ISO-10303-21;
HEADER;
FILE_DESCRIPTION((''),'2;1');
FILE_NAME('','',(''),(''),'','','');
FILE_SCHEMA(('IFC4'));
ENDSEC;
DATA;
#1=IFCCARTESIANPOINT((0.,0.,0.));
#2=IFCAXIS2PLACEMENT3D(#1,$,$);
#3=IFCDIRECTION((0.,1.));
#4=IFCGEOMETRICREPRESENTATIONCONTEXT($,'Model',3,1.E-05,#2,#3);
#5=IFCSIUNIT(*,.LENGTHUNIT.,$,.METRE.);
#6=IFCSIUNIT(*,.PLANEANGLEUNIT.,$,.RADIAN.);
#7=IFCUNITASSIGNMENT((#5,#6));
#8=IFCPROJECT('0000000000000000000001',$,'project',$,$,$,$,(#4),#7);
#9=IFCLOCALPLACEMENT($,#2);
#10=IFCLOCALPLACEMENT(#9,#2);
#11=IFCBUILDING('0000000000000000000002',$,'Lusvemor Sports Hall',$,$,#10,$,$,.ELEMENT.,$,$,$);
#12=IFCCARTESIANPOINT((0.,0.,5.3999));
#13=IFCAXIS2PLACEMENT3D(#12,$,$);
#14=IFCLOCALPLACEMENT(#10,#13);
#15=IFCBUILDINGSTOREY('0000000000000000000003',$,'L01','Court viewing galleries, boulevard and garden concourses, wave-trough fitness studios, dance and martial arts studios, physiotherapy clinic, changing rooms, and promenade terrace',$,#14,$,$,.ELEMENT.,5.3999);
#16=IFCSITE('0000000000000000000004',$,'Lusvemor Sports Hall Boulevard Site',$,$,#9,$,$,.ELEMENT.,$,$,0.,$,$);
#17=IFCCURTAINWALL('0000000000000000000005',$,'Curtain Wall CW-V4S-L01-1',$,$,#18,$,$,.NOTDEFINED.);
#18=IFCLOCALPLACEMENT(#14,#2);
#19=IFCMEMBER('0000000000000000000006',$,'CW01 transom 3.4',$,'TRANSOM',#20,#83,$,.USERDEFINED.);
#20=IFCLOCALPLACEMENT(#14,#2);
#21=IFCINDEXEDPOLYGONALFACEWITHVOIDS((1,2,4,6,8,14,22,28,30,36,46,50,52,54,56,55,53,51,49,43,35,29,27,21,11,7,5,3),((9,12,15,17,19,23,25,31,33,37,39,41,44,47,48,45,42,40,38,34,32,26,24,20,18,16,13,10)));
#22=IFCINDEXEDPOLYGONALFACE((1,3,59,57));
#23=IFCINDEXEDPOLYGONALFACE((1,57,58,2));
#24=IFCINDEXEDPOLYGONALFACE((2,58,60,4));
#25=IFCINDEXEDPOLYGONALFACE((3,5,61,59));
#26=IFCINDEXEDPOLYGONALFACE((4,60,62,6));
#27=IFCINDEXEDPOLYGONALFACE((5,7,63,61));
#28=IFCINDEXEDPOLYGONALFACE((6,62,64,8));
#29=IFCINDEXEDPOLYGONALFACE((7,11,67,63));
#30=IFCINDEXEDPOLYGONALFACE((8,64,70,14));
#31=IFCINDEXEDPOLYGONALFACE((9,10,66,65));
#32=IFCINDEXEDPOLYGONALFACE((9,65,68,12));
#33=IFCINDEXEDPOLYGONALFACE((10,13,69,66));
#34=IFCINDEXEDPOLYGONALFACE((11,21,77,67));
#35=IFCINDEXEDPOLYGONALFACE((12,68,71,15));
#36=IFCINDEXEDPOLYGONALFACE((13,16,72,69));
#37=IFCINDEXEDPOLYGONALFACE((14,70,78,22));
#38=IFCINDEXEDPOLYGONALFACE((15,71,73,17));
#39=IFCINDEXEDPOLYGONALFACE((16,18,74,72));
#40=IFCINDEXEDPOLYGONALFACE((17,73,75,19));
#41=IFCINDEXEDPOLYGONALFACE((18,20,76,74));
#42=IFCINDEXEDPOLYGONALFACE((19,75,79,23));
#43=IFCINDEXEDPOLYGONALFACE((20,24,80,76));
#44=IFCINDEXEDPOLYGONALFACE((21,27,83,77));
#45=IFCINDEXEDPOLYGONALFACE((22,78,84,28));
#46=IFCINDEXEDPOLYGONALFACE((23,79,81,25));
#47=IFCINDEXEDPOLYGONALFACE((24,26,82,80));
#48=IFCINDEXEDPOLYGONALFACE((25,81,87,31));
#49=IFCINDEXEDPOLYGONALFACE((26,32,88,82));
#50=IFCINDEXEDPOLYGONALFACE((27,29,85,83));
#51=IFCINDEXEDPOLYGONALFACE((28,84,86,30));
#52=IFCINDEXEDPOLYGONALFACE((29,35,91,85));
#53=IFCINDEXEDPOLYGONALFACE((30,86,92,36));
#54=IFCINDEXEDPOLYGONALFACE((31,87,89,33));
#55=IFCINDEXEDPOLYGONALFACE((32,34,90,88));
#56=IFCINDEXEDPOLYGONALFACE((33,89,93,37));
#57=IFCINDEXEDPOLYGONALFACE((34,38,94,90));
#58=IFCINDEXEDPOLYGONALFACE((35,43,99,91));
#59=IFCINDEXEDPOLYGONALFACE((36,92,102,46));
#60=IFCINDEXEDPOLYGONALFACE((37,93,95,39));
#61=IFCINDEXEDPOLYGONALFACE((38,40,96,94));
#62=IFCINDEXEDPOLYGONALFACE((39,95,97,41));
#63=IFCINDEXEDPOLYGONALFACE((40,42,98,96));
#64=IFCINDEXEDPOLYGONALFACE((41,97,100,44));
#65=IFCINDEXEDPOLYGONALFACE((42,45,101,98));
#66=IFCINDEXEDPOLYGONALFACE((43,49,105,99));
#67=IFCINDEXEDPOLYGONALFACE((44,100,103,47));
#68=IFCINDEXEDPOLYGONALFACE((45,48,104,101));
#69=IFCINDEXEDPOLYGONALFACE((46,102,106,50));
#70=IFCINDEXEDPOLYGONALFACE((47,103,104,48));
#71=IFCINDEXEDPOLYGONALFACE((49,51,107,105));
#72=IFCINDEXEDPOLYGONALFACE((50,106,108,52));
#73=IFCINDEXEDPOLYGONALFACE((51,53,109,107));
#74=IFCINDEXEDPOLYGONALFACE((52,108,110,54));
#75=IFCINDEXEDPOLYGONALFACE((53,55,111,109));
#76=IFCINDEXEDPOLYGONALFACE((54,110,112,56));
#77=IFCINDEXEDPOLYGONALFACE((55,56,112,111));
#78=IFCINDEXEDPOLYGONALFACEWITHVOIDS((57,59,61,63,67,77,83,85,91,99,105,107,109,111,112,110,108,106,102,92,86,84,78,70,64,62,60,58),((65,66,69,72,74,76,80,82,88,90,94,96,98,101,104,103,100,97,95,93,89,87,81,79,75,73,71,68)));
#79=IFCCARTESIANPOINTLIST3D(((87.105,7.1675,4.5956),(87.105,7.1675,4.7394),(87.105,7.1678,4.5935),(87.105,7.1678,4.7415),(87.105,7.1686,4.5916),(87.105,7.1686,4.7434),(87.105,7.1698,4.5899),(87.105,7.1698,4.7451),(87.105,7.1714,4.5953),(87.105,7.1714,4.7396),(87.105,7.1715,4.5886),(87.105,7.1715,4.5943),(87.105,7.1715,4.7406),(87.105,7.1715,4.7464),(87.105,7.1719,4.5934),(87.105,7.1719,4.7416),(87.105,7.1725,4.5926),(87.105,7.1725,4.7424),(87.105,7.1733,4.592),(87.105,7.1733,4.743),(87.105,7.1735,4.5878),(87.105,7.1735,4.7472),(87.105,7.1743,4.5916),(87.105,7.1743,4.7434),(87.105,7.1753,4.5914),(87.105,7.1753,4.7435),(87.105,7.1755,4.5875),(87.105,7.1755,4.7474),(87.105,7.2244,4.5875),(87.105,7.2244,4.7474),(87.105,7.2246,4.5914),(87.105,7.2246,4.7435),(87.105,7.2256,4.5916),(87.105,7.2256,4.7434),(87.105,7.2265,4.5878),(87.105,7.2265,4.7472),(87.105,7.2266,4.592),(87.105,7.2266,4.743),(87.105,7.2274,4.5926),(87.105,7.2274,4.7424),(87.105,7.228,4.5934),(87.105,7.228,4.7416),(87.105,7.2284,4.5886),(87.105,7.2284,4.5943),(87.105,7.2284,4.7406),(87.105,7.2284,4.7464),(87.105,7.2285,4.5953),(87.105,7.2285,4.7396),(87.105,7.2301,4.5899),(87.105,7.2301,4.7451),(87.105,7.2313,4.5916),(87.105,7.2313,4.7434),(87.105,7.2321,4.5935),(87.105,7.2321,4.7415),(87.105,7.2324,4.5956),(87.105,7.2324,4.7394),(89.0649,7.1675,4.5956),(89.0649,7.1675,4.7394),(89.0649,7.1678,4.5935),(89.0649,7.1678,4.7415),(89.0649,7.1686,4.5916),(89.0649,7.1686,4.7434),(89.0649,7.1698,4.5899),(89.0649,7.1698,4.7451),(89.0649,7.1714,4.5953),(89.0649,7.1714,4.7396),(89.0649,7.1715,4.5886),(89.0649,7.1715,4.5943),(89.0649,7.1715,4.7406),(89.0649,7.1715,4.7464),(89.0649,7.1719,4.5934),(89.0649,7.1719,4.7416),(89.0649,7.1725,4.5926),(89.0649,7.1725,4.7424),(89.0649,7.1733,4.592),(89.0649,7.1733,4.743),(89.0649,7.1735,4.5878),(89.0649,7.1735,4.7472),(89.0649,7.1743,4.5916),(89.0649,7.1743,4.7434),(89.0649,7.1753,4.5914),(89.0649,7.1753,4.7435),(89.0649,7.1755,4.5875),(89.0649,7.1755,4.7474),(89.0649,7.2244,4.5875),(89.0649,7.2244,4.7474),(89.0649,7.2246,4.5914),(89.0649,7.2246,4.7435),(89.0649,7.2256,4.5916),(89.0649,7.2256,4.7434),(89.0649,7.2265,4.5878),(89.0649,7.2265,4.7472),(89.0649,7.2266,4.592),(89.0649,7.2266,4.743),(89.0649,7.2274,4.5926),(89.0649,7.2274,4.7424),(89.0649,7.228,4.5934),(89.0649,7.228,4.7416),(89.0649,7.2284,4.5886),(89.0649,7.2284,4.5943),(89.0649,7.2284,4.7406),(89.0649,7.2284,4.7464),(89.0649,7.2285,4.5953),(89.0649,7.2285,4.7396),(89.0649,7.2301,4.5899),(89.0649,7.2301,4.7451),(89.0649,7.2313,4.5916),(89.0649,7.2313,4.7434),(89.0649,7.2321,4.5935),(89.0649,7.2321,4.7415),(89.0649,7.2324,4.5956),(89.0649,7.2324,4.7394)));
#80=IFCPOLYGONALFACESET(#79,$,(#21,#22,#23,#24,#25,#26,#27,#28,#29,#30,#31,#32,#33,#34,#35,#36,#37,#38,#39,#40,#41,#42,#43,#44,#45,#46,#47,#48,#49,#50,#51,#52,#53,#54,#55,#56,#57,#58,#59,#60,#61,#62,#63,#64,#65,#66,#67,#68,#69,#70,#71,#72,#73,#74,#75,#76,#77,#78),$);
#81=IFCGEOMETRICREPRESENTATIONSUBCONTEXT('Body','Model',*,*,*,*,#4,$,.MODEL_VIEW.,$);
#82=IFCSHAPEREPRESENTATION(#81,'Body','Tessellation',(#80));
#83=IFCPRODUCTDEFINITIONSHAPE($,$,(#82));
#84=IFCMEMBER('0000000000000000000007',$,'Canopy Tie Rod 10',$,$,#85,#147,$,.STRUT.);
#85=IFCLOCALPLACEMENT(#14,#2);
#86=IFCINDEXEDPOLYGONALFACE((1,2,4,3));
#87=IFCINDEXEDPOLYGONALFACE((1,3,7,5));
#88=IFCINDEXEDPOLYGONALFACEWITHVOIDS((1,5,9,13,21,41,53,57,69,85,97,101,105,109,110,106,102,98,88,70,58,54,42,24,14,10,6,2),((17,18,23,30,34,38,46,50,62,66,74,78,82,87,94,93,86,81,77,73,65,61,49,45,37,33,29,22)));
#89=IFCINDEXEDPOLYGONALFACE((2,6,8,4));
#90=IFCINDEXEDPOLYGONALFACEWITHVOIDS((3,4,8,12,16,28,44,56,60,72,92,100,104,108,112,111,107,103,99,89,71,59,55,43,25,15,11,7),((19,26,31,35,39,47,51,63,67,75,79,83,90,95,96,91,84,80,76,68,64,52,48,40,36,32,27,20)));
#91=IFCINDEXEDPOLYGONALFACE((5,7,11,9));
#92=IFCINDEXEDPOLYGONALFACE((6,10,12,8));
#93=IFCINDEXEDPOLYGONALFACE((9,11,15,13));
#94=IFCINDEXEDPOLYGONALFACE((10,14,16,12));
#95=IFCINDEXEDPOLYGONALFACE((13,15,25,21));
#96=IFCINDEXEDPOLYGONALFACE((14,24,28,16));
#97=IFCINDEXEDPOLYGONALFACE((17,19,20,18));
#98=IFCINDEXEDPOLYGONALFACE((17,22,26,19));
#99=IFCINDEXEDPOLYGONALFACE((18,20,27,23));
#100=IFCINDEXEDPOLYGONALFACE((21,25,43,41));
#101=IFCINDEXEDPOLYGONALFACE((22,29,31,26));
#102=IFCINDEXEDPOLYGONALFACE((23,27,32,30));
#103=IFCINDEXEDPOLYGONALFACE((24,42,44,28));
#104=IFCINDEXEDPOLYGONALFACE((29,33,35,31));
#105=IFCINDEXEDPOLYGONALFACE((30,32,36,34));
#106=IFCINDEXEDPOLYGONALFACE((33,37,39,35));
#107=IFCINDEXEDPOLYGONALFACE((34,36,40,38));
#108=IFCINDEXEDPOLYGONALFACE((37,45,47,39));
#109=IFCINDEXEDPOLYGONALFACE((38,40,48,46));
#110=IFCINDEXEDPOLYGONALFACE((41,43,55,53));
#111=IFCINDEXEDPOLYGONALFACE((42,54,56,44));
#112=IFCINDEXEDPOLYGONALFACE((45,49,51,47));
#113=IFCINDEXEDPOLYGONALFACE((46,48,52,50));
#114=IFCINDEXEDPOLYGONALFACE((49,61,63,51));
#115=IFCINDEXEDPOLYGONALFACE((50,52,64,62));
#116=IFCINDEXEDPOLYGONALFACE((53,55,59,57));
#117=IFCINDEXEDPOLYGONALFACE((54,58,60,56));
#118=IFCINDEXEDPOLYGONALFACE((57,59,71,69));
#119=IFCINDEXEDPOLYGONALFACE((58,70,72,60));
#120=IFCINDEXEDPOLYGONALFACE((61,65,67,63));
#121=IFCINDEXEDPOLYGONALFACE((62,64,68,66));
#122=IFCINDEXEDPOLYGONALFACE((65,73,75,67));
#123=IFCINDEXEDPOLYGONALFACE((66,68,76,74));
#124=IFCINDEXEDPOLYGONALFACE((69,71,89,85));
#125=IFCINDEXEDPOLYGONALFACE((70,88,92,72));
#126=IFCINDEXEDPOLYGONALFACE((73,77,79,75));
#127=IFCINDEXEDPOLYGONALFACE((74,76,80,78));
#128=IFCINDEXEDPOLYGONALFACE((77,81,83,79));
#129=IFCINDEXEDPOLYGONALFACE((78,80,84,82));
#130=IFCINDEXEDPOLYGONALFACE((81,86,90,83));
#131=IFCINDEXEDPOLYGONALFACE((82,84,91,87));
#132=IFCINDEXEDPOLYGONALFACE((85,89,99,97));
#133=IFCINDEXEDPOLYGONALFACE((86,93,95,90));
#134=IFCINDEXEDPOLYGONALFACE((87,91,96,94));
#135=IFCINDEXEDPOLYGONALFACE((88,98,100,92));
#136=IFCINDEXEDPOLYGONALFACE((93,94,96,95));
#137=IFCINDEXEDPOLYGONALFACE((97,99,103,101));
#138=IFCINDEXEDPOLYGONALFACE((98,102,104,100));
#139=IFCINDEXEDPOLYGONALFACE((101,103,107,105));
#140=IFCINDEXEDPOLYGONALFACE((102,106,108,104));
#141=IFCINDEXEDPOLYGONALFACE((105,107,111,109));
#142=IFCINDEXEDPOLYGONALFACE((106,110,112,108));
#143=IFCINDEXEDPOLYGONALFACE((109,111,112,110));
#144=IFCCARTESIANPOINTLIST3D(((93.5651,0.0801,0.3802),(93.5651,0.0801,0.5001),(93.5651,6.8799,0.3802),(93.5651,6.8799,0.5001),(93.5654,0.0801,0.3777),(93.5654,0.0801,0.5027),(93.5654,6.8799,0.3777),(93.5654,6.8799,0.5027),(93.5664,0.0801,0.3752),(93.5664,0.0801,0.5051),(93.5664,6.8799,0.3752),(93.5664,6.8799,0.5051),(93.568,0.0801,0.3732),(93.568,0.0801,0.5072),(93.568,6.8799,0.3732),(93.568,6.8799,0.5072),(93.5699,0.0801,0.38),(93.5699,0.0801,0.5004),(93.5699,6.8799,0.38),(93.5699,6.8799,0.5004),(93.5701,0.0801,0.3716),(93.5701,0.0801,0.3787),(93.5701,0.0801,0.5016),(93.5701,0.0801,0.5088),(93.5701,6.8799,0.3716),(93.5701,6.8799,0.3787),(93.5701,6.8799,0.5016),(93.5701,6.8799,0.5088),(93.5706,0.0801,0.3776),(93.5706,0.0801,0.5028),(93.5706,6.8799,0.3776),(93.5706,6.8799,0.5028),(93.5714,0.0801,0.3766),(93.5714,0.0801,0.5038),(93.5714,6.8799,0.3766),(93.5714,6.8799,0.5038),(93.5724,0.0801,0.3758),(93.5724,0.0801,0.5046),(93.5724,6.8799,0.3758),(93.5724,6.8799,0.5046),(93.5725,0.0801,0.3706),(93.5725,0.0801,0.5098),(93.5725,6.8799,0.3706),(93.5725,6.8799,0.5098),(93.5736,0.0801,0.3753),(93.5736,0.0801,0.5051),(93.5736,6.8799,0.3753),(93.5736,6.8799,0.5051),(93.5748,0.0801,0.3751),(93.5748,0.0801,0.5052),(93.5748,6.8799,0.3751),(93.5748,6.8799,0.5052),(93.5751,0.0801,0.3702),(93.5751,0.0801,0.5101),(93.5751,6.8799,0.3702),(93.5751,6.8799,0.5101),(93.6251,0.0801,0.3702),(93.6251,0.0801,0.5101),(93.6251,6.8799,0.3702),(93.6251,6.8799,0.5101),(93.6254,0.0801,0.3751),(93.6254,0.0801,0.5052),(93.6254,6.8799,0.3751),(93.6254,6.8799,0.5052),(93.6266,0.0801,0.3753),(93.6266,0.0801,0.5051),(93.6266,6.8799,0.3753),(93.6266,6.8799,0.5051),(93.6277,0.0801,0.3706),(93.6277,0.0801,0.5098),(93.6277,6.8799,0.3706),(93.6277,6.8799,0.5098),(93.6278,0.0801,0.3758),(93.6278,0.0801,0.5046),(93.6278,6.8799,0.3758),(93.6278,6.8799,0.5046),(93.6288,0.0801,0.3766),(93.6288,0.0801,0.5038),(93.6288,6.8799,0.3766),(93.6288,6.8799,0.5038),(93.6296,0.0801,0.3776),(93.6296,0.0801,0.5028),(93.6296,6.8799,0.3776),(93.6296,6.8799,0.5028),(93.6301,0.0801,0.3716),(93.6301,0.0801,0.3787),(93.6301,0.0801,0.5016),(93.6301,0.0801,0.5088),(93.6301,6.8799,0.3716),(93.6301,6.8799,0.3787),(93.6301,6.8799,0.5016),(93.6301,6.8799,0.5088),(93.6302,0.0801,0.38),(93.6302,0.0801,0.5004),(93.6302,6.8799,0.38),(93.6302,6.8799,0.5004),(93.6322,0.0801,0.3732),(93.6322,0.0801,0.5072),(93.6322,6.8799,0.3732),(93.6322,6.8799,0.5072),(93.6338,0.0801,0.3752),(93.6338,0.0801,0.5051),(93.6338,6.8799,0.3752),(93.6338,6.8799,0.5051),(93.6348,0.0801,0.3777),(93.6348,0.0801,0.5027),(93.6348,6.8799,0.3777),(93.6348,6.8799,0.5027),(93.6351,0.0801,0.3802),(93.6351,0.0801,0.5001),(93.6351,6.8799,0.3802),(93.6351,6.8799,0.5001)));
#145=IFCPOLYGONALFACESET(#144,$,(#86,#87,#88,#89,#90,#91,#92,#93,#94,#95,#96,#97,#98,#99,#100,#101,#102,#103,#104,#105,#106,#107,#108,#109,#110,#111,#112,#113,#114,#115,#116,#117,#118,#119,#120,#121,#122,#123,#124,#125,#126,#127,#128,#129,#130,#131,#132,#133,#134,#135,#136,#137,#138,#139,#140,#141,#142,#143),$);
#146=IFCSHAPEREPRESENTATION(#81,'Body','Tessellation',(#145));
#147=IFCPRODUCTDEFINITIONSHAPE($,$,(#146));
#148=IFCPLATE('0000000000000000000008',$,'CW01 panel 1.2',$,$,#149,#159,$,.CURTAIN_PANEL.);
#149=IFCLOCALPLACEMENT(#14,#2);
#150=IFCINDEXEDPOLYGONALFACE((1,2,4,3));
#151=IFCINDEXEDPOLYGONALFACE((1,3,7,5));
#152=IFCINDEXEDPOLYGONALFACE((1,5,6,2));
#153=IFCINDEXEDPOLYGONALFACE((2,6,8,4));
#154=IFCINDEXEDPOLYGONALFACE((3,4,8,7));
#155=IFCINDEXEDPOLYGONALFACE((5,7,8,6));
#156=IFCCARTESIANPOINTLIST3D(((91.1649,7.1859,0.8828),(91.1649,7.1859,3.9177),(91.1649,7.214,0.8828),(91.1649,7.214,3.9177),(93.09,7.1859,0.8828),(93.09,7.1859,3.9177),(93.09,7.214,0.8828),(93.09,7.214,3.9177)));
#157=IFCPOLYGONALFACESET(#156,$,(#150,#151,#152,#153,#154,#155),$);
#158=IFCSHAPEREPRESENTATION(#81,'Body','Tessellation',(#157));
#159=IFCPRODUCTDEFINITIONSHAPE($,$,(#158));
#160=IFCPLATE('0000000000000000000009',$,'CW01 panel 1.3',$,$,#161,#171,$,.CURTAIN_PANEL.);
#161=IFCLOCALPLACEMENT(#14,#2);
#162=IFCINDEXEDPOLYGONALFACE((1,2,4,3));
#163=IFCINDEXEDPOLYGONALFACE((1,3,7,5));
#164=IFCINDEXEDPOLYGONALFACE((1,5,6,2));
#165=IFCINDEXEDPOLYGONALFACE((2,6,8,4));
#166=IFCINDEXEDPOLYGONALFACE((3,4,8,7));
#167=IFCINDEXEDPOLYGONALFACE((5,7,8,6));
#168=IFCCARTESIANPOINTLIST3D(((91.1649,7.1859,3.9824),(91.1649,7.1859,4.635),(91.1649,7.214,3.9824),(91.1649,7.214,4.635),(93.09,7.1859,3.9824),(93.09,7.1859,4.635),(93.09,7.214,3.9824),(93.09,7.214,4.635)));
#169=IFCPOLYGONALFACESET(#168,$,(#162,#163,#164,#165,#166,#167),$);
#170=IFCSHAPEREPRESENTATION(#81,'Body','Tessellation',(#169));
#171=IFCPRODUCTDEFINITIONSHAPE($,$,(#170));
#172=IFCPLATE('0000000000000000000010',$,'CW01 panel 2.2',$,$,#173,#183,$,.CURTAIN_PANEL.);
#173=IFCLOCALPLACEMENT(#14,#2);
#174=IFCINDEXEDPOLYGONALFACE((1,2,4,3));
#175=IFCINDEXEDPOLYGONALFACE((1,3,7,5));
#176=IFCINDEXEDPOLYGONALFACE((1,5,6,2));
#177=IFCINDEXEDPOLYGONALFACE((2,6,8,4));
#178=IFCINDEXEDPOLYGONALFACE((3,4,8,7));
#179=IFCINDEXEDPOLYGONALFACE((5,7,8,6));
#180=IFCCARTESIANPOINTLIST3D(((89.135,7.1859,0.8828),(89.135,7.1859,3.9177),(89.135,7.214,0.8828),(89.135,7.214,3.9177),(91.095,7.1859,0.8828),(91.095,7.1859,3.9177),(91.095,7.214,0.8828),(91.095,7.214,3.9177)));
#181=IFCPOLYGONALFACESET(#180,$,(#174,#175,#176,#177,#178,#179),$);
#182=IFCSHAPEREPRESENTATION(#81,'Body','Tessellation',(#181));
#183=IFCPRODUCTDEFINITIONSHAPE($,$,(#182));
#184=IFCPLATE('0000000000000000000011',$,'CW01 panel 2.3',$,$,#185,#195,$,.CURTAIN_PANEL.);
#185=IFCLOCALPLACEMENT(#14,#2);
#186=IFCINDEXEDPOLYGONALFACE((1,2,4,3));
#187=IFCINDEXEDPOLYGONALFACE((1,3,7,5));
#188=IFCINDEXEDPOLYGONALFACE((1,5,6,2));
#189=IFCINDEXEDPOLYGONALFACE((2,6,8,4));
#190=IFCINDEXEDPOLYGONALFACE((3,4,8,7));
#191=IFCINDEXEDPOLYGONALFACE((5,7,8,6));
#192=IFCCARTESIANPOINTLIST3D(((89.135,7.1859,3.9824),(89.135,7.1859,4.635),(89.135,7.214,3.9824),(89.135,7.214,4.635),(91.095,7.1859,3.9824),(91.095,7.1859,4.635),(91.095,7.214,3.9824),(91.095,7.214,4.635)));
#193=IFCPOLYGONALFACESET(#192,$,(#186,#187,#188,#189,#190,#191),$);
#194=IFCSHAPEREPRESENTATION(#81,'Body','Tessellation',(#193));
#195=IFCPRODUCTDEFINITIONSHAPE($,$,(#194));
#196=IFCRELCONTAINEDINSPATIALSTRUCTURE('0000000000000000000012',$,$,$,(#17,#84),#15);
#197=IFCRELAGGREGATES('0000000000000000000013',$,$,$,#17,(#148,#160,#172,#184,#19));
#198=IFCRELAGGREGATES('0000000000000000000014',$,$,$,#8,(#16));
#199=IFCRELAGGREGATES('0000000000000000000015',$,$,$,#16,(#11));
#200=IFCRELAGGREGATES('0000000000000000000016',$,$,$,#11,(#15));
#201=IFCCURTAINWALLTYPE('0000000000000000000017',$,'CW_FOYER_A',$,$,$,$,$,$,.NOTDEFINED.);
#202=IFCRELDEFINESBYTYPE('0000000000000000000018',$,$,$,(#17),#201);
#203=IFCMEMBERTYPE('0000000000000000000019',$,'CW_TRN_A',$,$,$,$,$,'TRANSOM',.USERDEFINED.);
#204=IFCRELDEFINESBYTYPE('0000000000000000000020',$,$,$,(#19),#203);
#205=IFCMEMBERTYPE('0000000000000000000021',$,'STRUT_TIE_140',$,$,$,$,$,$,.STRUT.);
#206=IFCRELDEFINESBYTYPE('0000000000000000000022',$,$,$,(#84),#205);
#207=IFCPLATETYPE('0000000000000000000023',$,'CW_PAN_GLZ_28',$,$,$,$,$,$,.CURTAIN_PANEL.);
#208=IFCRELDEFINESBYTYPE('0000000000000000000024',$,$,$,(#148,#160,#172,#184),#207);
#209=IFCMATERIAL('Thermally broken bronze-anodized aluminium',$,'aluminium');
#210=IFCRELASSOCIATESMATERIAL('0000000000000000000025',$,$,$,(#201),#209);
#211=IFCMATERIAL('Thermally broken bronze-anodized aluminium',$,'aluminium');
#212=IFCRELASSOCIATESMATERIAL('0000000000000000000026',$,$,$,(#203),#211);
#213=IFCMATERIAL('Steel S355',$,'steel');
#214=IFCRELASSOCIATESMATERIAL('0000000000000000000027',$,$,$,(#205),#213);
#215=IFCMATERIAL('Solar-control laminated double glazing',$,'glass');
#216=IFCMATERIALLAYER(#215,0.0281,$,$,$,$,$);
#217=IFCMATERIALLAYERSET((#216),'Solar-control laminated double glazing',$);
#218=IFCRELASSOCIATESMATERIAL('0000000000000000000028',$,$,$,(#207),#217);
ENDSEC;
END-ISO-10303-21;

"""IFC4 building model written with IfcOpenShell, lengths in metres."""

from ifc_helpers import new_model, si_unit, direction, frame, origin, origin_2d, place, context, subcontext, project, spatial, rectangle, hollow_rectangle, extrude, material, layer, layer_set, material_profile, profile_set, type_object, element, aggregate, save


model = new_model("IFC4")

# Units and contexts
model_context = context("Model", 3, precision=1e-05, world=origin(), true_north=direction((0.0, 1.0)))
body_context = subcontext(model_context, "Body", "Model", "MODEL_VIEW")
ifc_project = project(units=[si_unit("LENGTHUNIT", "METRE"), si_unit("PLANEANGLEUNIT", "RADIAN")], contexts=[model_context])

# Site, building, storey
site_placement = place(None, origin())
site = spatial("IfcSite", under=ifc_project, at=site_placement, Name="Lusvemor Sports Hall Boulevard Site", CompositionType="ELEMENT", RefElevation=0.0)
building_placement = place(site_placement, origin())
building = spatial("IfcBuilding", under=site, at=building_placement, Name="Lusvemor Sports Hall", CompositionType="ELEMENT")
storey_placement = place(building_placement, frame((0.0, 0.0, 5.3999)))
storey = spatial("IfcBuildingStorey", under=building, at=storey_placement, Name="L01", Description="Court viewing galleries, boulevard and garden concourses, wave-trough fitness studios, dance and martial arts studios, physiotherapy clinic, changing rooms, and promenade terrace", CompositionType="ELEMENT", Elevation=5.3999)

# Curtain wall, member
ifc_material_1 = material(Name="Thermally broken bronze-anodized aluminium", Category="aluminium")
curtain_wall_type = type_object("IfcCurtainWallType", Name="CW_FOYER_A", PredefinedType="NOTDEFINED", material=ifc_material_1)
curtain_wall_placement = place(storey_placement, origin())
curtain_wall = element("IfcCurtainWall", 1, at=curtain_wall_placement, inside=storey, type_object=curtain_wall_type, Name="Curtain Wall CW-V4S-L01-1", PredefinedType="NOTDEFINED")
ifc_material_2 = material(Name="Thermally broken bronze-anodized aluminium", Category="aluminium")
ifc_material_profile_1 = material_profile(ifc_material_2, hollow_rectangle(XDim=0.0649, YDim=0.1599, WallThickness=0.0039, InnerFilletRadius=0.0039, OuterFilletRadius=0.0081, at=origin_2d()), Name="CWTRN160x65x4")
ifc_profile_set_1 = profile_set([ifc_material_profile_1], Name="Thermally broken bronze-anodized aluminium")
member_type_1 = type_object("IfcMemberType", Name="CW_TRN_A", ElementType="TRANSOM", PredefinedType="USERDEFINED", material=ifc_profile_set_1)
member_1_placement = place(storey_placement, frame((89.0649, 7.2, 4.6675), z_axis=(-1.0, 0.0, 0.0), x_axis=(0.0, -1.0, 0.0)))
member_1 = element("IfcMember", 2, at=member_1_placement, type_object=member_type_1, Name="CW01 transom 3.4", ObjectType="TRANSOM", PredefinedType="USERDEFINED", context=body_context, shape_type="SweptSolid", body=[
    extrude(hollow_rectangle(XDim=0.0649, YDim=0.1599, WallThickness=0.0039, InnerFilletRadius=0.0039, OuterFilletRadius=0.0081, at=origin_2d()), origin(), (0.0, 0.0, 1.0), 1.96),
])

# Member
ifc_material_3 = material(Name="Steel S355", Category="steel")
ifc_material_profile_2 = material_profile(ifc_material_3, hollow_rectangle(XDim=0.0701, YDim=0.1399, WallThickness=0.0049, InnerFilletRadius=0.0049, OuterFilletRadius=0.01, at=origin_2d()), Name="RHS140x70x5")
ifc_profile_set_2 = profile_set([ifc_material_profile_2], Name="Steel S355")
member_type_2 = type_object("IfcMemberType", Name="STRUT_TIE_140", PredefinedType="STRUT", material=ifc_profile_set_2)
member_2_placement = place(storey_placement, frame((93.6001, 0.0801, 0.4402), z_axis=(0.0, 1.0, 0.0), x_axis=(-1.0, 0.0, 0.0)))
element("IfcMember", 3, at=member_2_placement, inside=storey, type_object=member_type_2, Name="Canopy Tie Rod 10", PredefinedType="STRUT", context=body_context, shape_type="SweptSolid", body=[
    extrude(hollow_rectangle(XDim=0.0701, YDim=0.1399, WallThickness=0.0049, InnerFilletRadius=0.0049, OuterFilletRadius=0.01, at=origin_2d()), origin(), (0.0, 0.0, 1.0), 6.7998),
])

# Plates
ifc_material_4 = material(Name="Solar-control laminated double glazing", Category="glass")
ifc_layer_1 = layer(ifc_material_4, 0.0281)
ifc_layer_set_1 = layer_set([ifc_layer_1], Name="Solar-control laminated double glazing")
plate_type_1 = type_object("IfcPlateType", Name="CW_PAN_GLZ_28", PredefinedType="CURTAIN_PANEL", material=ifc_layer_set_1)
plate_1_placement = place(storey_placement, frame((92.1274, 7.2, 0.8828), z_axis=(0.0, 0.0, 1.0), x_axis=(-1.0, 0.0, 0.0)))
plate_1 = element("IfcPlate", 4, at=plate_1_placement, type_object=plate_type_1, Name="CW01 panel 1.2", PredefinedType="CURTAIN_PANEL", context=body_context, shape_type="SweptSolid", body=[
    extrude(rectangle(XDim=1.925, YDim=0.0281, at=origin_2d()), origin(), (0.0, 0.0, 1.0), 3.0349),
])
plate_2_placement = place(storey_placement, frame((92.1274, 7.2, 3.9824), z_axis=(0.0, 0.0, 1.0), x_axis=(-1.0, 0.0, 0.0)))
plate_2 = element("IfcPlate", 5, at=plate_2_placement, type_object=plate_type_1, Name="CW01 panel 1.3", PredefinedType="CURTAIN_PANEL", context=body_context, shape_type="SweptSolid", body=[
    extrude(rectangle(XDim=1.925, YDim=0.0281, at=origin_2d()), origin(), (0.0, 0.0, 1.0), 0.6526),
])
plate_3_placement = place(storey_placement, frame((90.115, 7.2, 0.8828), z_axis=(0.0, 0.0, 1.0), x_axis=(-1.0, 0.0, 0.0)))
plate_3 = element("IfcPlate", 6, at=plate_3_placement, type_object=plate_type_1, Name="CW01 panel 2.2", PredefinedType="CURTAIN_PANEL", context=body_context, shape_type="SweptSolid", body=[
    extrude(rectangle(XDim=1.96, YDim=0.0281, at=origin_2d()), origin(), (0.0, 0.0, 1.0), 3.0349),
])
plate_4_placement = place(storey_placement, frame((90.115, 7.2, 3.9824), z_axis=(0.0, 0.0, 1.0), x_axis=(-1.0, 0.0, 0.0)))
plate_4 = element("IfcPlate", 7, at=plate_4_placement, type_object=plate_type_1, Name="CW01 panel 2.3", PredefinedType="CURTAIN_PANEL", context=body_context, shape_type="SweptSolid", body=[
    extrude(rectangle(XDim=1.96, YDim=0.0281, at=origin_2d()), origin(), (0.0, 0.0, 1.0), 0.6526),
])
aggregate(curtain_wall, [plate_1, plate_2, plate_3, plate_4, member_1])

save(model, "model.ifc")
